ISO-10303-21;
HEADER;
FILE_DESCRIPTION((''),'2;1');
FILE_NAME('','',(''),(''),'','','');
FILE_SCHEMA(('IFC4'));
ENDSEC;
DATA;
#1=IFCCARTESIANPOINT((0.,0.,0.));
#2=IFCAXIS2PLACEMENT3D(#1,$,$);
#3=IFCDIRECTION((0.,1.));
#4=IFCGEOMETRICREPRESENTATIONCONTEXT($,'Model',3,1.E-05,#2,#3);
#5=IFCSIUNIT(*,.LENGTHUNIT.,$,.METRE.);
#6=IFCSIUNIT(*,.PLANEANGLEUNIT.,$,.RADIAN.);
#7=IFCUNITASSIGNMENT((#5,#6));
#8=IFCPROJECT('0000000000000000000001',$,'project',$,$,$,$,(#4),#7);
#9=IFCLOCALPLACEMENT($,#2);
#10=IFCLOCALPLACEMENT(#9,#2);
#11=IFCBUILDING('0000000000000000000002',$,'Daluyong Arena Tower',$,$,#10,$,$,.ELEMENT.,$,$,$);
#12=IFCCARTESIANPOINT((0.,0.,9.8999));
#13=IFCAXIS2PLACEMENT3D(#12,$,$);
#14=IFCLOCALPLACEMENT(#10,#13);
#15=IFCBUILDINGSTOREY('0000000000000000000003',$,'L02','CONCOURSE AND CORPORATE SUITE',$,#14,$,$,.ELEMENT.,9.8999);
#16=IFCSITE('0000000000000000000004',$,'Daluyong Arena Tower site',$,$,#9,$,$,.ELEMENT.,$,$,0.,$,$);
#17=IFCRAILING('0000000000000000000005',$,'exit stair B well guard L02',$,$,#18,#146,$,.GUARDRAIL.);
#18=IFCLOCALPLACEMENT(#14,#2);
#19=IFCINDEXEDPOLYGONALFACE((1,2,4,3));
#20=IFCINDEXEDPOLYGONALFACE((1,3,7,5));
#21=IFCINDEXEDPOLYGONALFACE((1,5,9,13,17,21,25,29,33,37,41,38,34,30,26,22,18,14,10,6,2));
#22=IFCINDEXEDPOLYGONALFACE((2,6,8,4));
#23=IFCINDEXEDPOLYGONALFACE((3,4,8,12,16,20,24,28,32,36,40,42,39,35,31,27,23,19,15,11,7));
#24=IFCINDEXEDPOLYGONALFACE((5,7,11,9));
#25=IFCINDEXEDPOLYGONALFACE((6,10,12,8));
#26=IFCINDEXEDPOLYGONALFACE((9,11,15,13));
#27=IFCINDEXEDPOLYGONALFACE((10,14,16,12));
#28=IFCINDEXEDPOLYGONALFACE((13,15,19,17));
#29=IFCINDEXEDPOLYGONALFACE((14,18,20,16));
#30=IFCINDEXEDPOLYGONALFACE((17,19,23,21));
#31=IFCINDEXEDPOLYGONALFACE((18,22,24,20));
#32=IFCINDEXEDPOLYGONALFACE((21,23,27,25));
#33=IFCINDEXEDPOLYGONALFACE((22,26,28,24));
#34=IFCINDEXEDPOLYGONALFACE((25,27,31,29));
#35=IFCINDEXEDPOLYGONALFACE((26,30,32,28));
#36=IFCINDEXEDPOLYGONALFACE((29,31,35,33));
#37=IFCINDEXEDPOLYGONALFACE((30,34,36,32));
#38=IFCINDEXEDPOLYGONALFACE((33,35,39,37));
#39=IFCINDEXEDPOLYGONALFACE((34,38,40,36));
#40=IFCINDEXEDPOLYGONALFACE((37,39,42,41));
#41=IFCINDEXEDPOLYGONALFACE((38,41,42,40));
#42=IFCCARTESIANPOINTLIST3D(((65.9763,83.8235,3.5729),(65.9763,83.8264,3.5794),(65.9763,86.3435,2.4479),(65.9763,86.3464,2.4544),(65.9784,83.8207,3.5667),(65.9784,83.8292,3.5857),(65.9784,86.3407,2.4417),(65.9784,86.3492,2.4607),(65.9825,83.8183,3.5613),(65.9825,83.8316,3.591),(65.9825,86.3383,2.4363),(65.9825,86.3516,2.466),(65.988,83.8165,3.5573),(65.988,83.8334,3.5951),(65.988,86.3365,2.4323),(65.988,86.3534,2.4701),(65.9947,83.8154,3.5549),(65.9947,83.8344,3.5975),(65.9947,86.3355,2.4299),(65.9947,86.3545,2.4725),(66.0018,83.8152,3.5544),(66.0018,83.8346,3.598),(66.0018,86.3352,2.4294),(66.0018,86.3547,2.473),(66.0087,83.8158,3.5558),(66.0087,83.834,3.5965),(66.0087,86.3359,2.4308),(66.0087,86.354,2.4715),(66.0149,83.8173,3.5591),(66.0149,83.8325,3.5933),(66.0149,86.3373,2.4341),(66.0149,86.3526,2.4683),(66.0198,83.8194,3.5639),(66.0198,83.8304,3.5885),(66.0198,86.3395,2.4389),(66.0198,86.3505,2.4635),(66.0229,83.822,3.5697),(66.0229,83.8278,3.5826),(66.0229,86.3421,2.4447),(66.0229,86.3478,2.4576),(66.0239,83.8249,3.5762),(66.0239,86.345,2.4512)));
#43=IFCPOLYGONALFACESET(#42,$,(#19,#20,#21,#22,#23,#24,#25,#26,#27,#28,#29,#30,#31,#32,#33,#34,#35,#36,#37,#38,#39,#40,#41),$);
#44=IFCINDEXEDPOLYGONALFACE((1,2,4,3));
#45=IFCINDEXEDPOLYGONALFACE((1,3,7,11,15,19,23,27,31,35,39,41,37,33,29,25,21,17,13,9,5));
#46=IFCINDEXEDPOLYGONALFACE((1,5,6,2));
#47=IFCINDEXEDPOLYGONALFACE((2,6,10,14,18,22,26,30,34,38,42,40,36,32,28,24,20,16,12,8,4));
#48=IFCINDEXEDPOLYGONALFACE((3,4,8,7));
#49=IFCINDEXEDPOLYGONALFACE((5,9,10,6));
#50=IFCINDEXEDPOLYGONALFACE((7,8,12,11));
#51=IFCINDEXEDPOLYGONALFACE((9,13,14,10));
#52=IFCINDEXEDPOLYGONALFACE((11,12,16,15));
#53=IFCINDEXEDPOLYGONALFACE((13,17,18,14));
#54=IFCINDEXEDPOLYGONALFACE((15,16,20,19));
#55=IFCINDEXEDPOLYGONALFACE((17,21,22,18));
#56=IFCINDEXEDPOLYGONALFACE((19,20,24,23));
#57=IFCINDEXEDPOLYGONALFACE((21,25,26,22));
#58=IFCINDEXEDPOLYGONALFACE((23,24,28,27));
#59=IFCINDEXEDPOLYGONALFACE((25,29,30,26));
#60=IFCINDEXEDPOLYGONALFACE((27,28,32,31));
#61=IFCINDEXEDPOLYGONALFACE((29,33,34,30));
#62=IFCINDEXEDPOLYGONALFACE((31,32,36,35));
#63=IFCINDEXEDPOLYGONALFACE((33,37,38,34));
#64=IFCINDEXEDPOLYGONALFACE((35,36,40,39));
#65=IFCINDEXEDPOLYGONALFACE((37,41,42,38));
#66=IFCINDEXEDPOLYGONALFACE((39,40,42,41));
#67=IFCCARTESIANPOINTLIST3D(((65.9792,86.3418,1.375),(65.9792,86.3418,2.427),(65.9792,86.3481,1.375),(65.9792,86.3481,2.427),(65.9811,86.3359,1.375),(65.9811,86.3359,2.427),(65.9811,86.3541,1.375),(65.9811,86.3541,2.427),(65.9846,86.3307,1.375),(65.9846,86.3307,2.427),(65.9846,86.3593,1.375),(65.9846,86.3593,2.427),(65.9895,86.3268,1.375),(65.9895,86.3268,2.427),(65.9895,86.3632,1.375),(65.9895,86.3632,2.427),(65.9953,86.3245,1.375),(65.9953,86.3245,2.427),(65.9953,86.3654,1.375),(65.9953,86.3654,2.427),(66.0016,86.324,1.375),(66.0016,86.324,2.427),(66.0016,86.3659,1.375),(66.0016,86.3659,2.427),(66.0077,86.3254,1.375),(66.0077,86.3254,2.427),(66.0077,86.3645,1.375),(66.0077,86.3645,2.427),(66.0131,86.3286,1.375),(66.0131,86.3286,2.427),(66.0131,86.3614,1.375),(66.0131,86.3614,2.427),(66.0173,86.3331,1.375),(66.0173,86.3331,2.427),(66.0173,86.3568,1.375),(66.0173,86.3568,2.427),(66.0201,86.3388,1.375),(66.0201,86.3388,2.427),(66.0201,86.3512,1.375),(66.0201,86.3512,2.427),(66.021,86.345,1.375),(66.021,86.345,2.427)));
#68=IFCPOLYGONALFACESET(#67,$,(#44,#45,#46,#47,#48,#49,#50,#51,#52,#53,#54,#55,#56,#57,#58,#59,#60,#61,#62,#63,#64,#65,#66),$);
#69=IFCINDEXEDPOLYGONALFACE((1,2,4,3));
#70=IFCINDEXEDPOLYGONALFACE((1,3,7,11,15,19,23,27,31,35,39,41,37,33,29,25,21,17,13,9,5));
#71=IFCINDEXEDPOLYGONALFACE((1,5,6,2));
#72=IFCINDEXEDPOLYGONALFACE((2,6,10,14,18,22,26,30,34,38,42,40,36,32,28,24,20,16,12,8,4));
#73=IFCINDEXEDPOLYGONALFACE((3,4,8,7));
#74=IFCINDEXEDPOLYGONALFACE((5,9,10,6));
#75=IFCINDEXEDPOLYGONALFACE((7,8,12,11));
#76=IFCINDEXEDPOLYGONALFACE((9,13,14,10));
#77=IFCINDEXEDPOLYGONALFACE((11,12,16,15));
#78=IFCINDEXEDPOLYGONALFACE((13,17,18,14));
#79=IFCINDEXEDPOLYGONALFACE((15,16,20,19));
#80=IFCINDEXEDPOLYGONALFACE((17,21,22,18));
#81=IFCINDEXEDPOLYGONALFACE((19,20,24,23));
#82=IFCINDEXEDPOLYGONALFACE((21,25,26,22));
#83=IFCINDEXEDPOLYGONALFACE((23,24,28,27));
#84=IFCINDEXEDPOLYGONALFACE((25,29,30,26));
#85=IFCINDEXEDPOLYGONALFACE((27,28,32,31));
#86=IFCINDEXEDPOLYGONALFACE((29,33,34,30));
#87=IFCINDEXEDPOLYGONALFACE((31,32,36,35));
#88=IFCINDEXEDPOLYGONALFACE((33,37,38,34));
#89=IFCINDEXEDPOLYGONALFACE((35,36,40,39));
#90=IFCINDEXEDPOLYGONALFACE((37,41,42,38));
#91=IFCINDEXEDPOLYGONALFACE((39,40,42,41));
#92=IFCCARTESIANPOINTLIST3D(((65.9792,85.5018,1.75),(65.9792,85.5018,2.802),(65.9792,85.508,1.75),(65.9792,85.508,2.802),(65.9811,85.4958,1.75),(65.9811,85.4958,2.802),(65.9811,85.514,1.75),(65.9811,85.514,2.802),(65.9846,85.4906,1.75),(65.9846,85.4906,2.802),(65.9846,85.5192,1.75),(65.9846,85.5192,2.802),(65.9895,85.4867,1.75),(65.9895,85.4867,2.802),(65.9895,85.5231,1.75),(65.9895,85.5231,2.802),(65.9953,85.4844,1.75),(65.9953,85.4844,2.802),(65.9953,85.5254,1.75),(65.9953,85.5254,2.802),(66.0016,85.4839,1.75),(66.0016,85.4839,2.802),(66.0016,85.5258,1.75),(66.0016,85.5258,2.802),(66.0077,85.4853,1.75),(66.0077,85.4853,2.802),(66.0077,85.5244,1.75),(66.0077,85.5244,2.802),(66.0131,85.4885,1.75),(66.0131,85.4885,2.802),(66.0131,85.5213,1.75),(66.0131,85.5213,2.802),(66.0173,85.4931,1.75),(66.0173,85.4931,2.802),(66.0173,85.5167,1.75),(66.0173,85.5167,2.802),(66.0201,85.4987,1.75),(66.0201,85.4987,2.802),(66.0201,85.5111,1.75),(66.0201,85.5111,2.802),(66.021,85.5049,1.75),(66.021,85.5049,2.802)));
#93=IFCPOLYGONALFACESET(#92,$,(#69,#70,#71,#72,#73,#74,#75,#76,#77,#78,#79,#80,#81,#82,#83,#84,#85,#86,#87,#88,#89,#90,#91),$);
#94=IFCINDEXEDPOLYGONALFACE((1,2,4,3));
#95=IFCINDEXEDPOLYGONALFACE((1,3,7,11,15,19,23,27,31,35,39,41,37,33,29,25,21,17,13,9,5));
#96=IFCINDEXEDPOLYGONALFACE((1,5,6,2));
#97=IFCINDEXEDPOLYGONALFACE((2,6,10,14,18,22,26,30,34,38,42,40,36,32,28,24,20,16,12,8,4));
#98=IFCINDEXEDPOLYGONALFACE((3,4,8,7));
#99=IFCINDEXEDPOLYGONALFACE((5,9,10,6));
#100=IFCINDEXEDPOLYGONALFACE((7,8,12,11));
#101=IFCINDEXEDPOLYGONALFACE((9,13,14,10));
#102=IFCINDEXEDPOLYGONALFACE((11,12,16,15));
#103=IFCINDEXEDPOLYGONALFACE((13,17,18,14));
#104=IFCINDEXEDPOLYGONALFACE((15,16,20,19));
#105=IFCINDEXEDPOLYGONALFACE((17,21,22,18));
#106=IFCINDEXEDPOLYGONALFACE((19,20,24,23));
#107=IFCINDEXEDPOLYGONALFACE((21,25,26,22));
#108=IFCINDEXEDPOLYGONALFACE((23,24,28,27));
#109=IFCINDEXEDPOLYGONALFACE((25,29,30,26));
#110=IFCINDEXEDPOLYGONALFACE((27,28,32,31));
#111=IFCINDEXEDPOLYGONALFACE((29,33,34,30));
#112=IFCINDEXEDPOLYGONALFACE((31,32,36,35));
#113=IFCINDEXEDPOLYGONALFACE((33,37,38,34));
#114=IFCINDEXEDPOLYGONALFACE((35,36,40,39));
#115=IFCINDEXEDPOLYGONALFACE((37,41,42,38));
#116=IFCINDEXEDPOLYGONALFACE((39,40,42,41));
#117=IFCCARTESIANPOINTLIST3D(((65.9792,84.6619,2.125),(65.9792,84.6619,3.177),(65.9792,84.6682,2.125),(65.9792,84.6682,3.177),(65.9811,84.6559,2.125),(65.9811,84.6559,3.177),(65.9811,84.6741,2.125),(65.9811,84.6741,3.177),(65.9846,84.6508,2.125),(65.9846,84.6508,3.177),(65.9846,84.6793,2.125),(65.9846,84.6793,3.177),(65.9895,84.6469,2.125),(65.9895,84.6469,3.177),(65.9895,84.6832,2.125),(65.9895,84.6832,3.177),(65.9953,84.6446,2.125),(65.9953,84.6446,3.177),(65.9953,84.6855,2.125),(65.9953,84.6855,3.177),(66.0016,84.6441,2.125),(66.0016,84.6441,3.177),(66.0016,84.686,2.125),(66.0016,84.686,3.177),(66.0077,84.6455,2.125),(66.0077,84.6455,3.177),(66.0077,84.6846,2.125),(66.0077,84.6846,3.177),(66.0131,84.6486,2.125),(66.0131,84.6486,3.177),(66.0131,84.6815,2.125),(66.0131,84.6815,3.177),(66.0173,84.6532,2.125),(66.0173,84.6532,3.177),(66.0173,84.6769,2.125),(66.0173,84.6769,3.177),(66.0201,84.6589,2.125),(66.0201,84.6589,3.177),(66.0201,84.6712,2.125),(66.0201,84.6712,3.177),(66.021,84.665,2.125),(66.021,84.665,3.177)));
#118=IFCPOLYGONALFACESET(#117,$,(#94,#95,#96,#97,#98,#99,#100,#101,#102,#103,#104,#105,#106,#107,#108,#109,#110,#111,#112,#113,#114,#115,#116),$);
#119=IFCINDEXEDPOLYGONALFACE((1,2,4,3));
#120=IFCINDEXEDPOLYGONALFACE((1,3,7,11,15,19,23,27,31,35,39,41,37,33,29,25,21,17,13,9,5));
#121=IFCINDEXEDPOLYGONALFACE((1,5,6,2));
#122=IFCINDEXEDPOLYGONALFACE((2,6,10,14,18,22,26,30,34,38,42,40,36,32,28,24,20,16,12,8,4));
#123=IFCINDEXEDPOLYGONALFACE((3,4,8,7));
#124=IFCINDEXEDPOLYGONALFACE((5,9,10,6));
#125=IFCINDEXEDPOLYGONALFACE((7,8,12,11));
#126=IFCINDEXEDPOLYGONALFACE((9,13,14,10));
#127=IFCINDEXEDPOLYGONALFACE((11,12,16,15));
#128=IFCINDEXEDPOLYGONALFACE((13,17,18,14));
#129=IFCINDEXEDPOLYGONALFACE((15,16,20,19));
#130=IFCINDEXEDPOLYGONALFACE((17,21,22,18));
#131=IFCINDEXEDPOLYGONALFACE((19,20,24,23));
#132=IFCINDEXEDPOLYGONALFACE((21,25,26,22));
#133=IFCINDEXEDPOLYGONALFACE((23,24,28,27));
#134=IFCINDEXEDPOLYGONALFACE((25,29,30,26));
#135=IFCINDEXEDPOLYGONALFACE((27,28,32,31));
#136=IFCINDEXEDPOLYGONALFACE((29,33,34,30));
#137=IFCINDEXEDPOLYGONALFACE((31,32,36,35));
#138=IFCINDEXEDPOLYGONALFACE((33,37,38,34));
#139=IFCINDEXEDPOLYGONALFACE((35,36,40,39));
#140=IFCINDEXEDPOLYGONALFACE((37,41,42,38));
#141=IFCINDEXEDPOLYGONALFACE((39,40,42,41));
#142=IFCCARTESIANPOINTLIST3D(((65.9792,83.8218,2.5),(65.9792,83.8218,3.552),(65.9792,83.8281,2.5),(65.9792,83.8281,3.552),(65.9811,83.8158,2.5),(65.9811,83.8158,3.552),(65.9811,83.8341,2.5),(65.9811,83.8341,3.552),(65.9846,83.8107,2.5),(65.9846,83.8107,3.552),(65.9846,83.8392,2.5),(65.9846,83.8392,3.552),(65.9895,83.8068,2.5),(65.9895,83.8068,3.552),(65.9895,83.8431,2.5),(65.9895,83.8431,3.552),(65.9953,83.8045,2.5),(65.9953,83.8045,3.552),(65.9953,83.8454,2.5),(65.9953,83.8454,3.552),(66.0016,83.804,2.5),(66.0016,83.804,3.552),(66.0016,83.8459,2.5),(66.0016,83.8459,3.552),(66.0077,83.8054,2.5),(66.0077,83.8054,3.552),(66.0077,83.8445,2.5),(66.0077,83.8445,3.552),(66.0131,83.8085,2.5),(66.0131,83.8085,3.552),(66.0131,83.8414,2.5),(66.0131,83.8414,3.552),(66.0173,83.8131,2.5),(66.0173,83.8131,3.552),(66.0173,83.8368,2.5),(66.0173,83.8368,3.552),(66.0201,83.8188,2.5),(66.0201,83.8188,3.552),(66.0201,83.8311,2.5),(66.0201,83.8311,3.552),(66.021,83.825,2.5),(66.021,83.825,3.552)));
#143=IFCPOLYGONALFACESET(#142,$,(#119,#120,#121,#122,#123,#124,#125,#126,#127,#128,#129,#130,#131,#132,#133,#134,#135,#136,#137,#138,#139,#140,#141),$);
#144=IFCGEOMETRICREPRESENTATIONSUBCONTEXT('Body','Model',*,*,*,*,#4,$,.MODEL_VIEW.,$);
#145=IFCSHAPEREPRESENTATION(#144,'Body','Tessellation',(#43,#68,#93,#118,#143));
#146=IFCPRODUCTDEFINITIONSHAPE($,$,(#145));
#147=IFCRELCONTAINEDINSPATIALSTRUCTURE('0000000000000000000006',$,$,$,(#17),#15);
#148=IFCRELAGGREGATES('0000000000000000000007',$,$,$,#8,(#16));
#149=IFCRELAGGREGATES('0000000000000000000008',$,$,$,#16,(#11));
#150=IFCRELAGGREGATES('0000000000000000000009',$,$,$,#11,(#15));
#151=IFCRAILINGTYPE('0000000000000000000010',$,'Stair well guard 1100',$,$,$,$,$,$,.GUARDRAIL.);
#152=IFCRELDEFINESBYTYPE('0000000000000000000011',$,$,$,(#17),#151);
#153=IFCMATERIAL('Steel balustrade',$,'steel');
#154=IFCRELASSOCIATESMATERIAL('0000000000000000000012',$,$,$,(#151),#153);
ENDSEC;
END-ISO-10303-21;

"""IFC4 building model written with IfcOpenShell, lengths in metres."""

from ifc_helpers import new_model, si_unit, direction, frame, origin, origin_2d, place, context, subcontext, project, spatial, circle, extrude, material, type_object, element, save


model = new_model("IFC4")

# Units and contexts
model_context = context("Model", 3, precision=1e-05, world=origin(), true_north=direction((0.0, 1.0)))
body_context = subcontext(model_context, "Body", "Model", "MODEL_VIEW")
ifc_project = project(units=[si_unit("LENGTHUNIT", "METRE"), si_unit("PLANEANGLEUNIT", "RADIAN")], contexts=[model_context])

# Site, building, storey
site_placement = place(None, origin())
site = spatial("IfcSite", under=ifc_project, at=site_placement, Name="Daluyong Arena Tower site", CompositionType="ELEMENT", RefElevation=0.0)
building_placement = place(site_placement, origin())
building = spatial("IfcBuilding", under=site, at=building_placement, Name="Daluyong Arena Tower", CompositionType="ELEMENT")
storey_placement = place(building_placement, frame((0.0, 0.0, 9.8999)))
storey = spatial("IfcBuildingStorey", under=building, at=storey_placement, Name="L02", Description="CONCOURSE AND CORPORATE SUITE", CompositionType="ELEMENT", Elevation=9.8999)

# Railing
ifc_material_1 = material(Name="Steel balustrade", Category="steel")
railing_type_1 = type_object("IfcRailingType", Name="Stair well guard 1100", PredefinedType="GUARDRAIL", material=ifc_material_1)
for number, where, name in (
    (1, (66.0, 86.345, 1.375), "exit stair B well guard L02"),
):
    element("IfcRailing", number, at=place(storey_placement, frame(where)), inside=storey, type_object=railing_type_1, Name=name, PredefinedType="GUARDRAIL", context=body_context, shape_type="SweptSolid", body=[
        extrude(circle(Radius=0.0239, at=origin_2d()), frame((0.0, 0.0, 1.0762), z_axis=(0.0, -0.913139, 0.407648), x_axis=(1.0, 0.0, 0.0)), (0.0, 0.0, 1.0), 2.7598),
        extrude(circle(Radius=0.021, at=origin_2d()), origin(), (0.0, 0.0, 1.0), 1.052),
        extrude(circle(Radius=0.021, at=origin_2d()), frame((0.0, -0.8401, 0.375)), (0.0, 0.0, 1.0), 1.052),
        extrude(circle(Radius=0.021, at=origin_2d()), frame((0.0, -1.6799, 0.75)), (0.0, 0.0, 1.0), 1.052),
        extrude(circle(Radius=0.021, at=origin_2d()), frame((0.0, -2.52, 1.125)), (0.0, 0.0, 1.0), 1.052),
    ])

save(model, "model.ifc")
